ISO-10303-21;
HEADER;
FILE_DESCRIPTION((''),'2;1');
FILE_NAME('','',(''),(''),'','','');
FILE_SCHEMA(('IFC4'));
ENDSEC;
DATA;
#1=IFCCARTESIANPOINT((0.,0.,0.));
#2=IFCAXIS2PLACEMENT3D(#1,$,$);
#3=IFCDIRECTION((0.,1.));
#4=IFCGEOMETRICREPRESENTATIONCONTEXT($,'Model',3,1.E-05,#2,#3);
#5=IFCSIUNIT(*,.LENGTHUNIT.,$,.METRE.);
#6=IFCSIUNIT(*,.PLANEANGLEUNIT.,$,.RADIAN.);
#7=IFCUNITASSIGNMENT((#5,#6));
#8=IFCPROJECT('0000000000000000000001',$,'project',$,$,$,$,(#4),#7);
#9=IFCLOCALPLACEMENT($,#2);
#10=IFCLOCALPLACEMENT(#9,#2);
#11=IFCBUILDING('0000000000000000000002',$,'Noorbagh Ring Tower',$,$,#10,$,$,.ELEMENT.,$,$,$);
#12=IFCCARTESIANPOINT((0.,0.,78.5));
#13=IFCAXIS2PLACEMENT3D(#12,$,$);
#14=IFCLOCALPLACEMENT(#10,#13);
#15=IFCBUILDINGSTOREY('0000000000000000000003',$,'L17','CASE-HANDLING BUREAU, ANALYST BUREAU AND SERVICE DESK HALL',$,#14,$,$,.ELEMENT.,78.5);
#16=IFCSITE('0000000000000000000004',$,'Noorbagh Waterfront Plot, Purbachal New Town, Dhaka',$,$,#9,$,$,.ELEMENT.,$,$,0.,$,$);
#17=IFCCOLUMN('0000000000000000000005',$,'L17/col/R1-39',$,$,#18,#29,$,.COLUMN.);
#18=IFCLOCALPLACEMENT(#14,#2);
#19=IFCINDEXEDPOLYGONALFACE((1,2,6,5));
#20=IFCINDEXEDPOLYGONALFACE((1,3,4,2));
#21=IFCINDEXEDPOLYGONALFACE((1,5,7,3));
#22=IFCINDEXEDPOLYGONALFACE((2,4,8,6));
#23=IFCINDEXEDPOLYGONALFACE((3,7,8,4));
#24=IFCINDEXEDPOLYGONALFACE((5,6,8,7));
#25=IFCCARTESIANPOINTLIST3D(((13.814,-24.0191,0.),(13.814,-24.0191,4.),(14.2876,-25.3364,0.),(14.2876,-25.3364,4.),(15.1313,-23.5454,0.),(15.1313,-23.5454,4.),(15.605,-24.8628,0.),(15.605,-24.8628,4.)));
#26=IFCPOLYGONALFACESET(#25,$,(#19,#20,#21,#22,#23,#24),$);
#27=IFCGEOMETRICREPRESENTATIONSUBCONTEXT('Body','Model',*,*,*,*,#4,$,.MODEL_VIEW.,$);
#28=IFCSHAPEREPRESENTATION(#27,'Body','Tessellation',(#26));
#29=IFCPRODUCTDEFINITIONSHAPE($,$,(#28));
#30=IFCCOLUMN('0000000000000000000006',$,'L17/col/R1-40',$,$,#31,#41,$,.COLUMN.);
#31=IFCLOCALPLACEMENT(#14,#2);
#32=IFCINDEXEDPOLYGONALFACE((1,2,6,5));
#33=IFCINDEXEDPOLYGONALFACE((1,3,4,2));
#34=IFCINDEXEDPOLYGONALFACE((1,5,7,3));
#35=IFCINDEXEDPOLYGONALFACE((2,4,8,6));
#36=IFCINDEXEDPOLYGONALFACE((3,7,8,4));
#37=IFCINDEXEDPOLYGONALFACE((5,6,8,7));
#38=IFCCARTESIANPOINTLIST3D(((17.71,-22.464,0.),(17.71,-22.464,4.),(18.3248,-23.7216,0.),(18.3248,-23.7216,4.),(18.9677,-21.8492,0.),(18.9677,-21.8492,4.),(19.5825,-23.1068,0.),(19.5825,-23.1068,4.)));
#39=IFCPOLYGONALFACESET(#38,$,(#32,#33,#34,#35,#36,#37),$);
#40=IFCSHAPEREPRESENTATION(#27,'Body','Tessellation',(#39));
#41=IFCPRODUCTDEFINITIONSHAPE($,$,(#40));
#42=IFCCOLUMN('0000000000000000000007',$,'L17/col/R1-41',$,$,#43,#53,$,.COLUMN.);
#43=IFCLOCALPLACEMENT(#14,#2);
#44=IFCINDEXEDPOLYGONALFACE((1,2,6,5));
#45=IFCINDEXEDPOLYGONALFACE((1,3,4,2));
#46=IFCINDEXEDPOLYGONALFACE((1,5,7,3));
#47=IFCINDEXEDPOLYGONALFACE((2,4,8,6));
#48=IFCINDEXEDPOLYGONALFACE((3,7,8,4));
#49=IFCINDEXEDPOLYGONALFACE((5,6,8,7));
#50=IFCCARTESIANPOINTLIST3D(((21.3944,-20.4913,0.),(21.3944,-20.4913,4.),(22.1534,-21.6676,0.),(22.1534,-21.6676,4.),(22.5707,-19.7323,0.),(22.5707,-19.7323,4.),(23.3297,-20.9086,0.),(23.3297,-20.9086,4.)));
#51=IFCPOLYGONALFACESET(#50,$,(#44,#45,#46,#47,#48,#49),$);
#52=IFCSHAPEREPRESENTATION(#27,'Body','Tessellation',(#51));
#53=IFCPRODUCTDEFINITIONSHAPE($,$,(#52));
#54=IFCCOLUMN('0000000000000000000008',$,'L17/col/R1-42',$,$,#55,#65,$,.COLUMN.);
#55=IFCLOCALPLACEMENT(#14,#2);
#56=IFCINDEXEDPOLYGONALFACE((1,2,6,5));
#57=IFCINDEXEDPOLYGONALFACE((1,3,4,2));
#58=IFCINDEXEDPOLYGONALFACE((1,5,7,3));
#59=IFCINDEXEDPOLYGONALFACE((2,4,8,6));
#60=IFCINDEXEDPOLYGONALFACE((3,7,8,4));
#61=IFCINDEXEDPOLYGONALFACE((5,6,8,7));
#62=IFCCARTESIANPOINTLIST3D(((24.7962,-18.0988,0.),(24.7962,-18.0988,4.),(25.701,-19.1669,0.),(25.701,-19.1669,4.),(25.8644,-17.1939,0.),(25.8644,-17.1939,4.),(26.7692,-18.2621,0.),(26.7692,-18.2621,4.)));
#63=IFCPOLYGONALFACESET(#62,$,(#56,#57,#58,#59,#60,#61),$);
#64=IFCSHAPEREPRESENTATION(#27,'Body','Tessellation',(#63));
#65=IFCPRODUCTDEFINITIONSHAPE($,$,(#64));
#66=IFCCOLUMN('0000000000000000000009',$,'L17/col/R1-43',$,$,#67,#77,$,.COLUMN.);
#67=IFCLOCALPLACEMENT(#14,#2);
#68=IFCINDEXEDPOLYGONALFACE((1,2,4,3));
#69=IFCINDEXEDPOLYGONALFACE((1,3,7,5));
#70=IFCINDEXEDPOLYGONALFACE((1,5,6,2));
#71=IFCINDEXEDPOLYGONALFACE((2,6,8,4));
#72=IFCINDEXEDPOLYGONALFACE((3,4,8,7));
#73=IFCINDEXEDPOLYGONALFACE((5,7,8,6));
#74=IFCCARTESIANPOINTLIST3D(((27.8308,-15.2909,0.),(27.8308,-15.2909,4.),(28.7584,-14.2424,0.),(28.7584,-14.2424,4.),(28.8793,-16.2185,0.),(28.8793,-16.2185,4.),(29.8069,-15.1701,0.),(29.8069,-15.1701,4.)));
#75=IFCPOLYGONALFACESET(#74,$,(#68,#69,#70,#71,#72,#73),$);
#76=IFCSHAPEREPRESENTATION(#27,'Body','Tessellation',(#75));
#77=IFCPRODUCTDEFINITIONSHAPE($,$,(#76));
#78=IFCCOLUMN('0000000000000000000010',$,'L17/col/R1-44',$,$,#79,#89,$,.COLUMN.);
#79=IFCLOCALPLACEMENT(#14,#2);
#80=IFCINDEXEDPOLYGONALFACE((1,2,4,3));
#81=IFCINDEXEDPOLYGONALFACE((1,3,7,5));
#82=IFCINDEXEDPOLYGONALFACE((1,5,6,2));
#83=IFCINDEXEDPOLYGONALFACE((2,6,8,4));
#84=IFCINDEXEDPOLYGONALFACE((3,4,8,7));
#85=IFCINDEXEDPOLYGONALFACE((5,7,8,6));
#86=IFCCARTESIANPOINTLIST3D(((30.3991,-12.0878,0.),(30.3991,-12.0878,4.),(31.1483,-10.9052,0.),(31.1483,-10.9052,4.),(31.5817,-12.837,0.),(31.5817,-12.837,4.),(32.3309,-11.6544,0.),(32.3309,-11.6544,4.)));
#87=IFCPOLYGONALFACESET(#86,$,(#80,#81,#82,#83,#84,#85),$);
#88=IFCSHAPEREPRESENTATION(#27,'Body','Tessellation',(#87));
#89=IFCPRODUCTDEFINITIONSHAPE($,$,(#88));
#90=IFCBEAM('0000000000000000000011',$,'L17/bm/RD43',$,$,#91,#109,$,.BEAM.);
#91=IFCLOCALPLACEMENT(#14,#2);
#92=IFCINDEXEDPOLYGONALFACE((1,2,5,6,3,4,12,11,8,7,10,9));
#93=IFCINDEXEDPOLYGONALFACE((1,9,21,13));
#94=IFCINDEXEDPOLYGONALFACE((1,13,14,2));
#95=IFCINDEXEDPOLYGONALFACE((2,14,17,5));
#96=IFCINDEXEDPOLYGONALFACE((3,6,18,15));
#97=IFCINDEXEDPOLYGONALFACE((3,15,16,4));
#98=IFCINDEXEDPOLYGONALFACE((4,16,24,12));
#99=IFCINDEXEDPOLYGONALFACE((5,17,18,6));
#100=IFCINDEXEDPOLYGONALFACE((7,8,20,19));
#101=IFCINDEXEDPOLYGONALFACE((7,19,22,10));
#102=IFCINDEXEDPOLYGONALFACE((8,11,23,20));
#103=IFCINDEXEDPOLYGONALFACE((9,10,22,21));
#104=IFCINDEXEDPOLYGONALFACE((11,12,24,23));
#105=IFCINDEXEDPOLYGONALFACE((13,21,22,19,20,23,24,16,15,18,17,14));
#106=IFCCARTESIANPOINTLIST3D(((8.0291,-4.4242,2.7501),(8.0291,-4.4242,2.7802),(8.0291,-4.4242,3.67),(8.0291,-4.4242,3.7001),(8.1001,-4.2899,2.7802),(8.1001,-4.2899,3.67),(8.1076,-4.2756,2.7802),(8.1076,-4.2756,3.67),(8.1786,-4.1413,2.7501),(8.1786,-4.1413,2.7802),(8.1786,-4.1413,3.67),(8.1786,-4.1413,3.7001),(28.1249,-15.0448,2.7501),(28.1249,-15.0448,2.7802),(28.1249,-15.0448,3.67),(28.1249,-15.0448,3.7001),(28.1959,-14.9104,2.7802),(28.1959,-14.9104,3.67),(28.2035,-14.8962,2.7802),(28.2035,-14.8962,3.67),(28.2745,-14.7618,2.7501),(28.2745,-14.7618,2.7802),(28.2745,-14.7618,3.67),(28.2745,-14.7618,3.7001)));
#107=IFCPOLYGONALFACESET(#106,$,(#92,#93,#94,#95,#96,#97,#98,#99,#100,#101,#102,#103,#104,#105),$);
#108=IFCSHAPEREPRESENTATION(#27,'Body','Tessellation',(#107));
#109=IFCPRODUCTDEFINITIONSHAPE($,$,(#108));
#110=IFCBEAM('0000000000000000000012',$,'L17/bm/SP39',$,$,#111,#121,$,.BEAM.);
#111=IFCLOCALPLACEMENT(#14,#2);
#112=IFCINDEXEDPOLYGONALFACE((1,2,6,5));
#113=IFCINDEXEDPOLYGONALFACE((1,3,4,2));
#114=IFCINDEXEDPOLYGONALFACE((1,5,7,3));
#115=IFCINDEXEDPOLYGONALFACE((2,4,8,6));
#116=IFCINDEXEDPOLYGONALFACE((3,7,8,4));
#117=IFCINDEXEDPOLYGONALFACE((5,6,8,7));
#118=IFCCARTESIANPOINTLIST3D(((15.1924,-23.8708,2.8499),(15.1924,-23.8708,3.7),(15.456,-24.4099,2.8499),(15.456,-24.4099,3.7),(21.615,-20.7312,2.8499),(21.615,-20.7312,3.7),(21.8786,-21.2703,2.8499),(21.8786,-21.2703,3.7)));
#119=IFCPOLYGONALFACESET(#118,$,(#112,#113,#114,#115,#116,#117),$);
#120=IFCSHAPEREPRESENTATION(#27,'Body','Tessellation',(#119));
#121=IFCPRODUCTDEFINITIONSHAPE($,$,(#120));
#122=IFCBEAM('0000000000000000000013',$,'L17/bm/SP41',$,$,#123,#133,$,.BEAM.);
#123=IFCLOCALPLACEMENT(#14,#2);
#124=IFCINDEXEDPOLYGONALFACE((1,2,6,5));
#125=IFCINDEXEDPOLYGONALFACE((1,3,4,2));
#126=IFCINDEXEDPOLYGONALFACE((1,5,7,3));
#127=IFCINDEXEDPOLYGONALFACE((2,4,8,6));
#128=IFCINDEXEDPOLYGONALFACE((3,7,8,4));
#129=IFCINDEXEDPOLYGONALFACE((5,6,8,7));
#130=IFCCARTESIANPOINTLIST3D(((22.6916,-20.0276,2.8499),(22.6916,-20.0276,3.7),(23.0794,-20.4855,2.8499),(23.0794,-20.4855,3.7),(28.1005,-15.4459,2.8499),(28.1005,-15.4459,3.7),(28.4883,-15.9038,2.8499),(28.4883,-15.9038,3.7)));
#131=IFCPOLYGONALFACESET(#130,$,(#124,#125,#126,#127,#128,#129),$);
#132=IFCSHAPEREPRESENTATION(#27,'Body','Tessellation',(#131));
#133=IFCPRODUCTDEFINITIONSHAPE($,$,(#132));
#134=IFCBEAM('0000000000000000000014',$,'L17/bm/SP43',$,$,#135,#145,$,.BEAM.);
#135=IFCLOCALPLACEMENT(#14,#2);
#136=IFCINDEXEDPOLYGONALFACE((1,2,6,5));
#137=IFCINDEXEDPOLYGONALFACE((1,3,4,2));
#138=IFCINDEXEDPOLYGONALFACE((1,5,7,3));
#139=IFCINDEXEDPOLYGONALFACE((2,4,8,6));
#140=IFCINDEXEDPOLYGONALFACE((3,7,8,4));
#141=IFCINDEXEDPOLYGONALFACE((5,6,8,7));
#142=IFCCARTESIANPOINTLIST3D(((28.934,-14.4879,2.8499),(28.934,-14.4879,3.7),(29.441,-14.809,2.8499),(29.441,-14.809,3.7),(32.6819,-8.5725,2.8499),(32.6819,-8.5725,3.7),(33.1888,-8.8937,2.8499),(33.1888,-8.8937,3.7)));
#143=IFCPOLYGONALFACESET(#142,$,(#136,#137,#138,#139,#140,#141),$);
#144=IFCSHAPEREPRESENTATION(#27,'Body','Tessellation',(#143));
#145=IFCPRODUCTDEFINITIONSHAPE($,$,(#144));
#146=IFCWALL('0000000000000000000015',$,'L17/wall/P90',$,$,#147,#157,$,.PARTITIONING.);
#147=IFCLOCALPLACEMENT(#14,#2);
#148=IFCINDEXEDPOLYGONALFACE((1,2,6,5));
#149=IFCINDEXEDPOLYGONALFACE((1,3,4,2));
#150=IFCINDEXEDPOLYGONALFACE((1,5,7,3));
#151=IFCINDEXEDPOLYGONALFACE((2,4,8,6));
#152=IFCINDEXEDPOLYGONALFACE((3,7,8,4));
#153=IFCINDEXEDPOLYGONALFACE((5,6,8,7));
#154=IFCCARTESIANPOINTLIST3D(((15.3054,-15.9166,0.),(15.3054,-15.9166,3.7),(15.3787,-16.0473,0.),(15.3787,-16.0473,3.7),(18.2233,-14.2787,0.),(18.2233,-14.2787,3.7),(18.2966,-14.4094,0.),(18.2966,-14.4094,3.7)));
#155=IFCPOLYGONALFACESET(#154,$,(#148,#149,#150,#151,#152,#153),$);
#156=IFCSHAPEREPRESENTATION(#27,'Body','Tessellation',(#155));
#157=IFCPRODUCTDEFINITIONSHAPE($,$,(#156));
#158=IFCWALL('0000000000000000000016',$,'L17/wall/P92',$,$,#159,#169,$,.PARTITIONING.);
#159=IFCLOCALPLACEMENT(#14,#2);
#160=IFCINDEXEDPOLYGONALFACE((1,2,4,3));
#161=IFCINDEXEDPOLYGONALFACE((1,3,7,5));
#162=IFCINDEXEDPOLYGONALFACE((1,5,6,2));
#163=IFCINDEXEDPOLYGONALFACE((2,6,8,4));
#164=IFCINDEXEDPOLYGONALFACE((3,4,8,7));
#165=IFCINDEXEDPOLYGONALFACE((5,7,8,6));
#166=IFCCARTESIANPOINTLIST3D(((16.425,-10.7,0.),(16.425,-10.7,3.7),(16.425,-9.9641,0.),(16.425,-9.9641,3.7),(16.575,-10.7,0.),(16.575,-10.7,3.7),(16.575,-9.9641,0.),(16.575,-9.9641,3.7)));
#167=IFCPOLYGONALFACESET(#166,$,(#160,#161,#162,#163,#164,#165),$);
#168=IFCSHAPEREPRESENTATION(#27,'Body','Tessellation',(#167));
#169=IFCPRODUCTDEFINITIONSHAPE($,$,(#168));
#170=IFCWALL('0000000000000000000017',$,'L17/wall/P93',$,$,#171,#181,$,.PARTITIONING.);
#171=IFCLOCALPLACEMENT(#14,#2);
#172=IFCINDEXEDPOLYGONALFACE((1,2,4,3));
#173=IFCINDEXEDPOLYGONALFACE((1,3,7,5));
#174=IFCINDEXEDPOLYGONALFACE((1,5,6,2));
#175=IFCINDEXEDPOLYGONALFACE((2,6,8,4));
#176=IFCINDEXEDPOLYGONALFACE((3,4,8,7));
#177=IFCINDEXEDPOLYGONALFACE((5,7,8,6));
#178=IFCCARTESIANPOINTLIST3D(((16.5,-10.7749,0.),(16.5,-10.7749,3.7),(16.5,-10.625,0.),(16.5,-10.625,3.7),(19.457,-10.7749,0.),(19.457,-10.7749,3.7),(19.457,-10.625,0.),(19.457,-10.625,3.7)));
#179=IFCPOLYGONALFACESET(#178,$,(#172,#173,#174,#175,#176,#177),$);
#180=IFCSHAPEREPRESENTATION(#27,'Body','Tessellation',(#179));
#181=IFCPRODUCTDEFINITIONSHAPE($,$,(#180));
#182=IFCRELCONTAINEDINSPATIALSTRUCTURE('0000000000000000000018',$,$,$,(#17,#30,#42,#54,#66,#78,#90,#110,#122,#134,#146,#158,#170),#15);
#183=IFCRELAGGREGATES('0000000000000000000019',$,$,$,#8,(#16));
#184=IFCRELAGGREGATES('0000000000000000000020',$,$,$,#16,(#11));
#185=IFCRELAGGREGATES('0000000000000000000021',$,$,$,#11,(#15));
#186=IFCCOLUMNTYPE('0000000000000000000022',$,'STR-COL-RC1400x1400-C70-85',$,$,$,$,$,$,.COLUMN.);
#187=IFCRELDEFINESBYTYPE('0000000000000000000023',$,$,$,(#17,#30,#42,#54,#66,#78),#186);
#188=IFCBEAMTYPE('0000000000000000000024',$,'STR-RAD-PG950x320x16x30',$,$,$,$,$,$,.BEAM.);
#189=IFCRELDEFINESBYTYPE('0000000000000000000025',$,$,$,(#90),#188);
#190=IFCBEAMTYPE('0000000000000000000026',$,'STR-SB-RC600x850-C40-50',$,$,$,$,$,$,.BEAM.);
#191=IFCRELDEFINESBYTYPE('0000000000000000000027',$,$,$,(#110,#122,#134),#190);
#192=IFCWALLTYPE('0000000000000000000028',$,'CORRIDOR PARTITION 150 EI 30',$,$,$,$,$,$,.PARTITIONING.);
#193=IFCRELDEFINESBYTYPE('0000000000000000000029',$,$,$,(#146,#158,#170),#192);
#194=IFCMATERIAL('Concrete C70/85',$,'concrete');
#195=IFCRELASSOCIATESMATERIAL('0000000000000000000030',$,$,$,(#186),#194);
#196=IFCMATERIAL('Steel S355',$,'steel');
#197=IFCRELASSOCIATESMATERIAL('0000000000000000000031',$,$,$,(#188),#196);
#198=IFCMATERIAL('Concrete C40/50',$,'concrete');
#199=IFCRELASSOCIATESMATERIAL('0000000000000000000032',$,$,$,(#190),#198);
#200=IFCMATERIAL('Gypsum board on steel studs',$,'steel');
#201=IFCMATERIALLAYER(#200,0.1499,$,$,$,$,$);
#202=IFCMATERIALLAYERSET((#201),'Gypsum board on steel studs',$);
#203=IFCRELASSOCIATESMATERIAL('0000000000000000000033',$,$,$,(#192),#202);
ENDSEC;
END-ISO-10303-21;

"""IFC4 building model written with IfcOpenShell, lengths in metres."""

from ifc_helpers import new_model, si_unit, direction, frame, frame_2d, origin, origin_2d, place, context, subcontext, project, spatial, rectangle, i_section, extrude, material, layer, layer_set, material_profile, profile_set, type_object, element, save


model = new_model("IFC4")

# Units and contexts
model_context = context("Model", 3, precision=1e-05, world=origin(), true_north=direction((0.0, 1.0)))
body_context = subcontext(model_context, "Body", "Model", "MODEL_VIEW")
ifc_project = project(units=[si_unit("LENGTHUNIT", "METRE"), si_unit("PLANEANGLEUNIT", "RADIAN")], contexts=[model_context])

# Site, building, storey
site_placement = place(None, origin())
site = spatial("IfcSite", under=ifc_project, at=site_placement, Name="Noorbagh Waterfront Plot, Purbachal New Town, Dhaka", CompositionType="ELEMENT", RefElevation=0.0)
building_placement = place(site_placement, origin())
building = spatial("IfcBuilding", under=site, at=building_placement, Name="Noorbagh Ring Tower", CompositionType="ELEMENT")
storey_placement = place(building_placement, frame((0.0, 0.0, 78.5)))
storey = spatial("IfcBuildingStorey", under=building, at=storey_placement, Name="L17", Description="CASE-HANDLING BUREAU, ANALYST BUREAU AND SERVICE DESK HALL", CompositionType="ELEMENT", Elevation=78.5)

# Columns
ifc_material_1 = material(Name="Concrete C70/85", Category="concrete")
ifc_material_profile_1 = material_profile(ifc_material_1, rectangle(XDim=1.3999, YDim=1.3999, at=origin_2d()), Name="RC1400x1400")
ifc_profile_set_1 = profile_set([ifc_material_profile_1], Name="Concrete C70/85")
column_type = type_object("IfcColumnType", Name="STR-COL-RC1400x1400-C70-85", PredefinedType="COLUMN", material=ifc_profile_set_1)
for number, where, z_axis, x_axis, name in (
    (1, (14.7095, -24.4409, 0.0), (0.0, 0.0, 1.0), (0.941025, 0.338338, 0.0), "L17/col/R1-39"),
    (2, (18.6462, -22.7854, 0.0), (0.0, 0.0, 1.0), (0.898399, 0.43918, 0.0), "L17/col/R1-40"),
    (3, (22.3621, -20.7, 0.0), (0.0, 0.0, 1.0), (0.840248, 0.542203, 0.0), "L17/col/R1-41"),
    (4, (25.7827, -18.1804, 0.0), (0.0, 0.0, 1.0), (0.763035, 0.646357, 0.0), "L17/col/R1-42"),
    (5, (28.8188, -15.2305, 0.0), (0.0, 0.0, 1.0), (0.662636, 0.748942, 0.0), "L17/col/R1-43"),
    (6, (31.365, -11.8711, 0.0), (0.0, 0.0, 1.0), (0.53519, 0.844731, 0.0), "L17/col/R1-44"),
):
    element("IfcColumn", number, at=place(storey_placement, frame(where, z_axis=z_axis, x_axis=x_axis)), inside=storey, type_object=column_type, Name=name, PredefinedType="COLUMN", context=body_context, shape_type="SweptSolid", body=[
        extrude(rectangle(XDim=1.3999, YDim=1.3999, at=origin_2d()), origin(), (0.0, 0.0, 1.0), 4.0),
    ])

# Beams
ifc_material_2 = material(Name="Steel S355", Category="steel")
ifc_material_profile_2 = material_profile(ifc_material_2, i_section(OverallWidth=0.3201, OverallDepth=0.95, WebThickness=0.0161, FlangeThickness=0.03, at=origin_2d()), Name="PG950x320x16x30")
ifc_profile_set_2 = profile_set([ifc_material_profile_2], Name="Steel S355")
beam_type_1 = type_object("IfcBeamType", Name="STR-RAD-PG950x320x16x30", PredefinedType="BEAM", material=ifc_profile_set_2)
beam_1_placement = place(storey_placement, frame((28.1997, -14.9033, 3.2251), z_axis=(-0.884123, 0.467254, 0.0), x_axis=(-0.467254, -0.884123, 0.0)))
element("IfcBeam", 7, at=beam_1_placement, inside=storey, type_object=beam_type_1, Name="L17/bm/RD43", PredefinedType="BEAM", context=body_context, shape_type="SweptSolid", body=[
    extrude(i_section(OverallWidth=0.3201, OverallDepth=0.95, WebThickness=0.0161, FlangeThickness=0.03, at=origin_2d()), origin(), (0.0, 0.0, 1.0), 22.7297),
])
ifc_material_3 = material(Name="Concrete C40/50", Category="concrete")
ifc_material_profile_3 = material_profile(ifc_material_3, rectangle(XDim=0.6001, YDim=0.8501, at=origin_2d()), Name="RC600x850")
ifc_profile_set_3 = profile_set([ifc_material_profile_3], Name="Concrete C40/50")
beam_type_2 = type_object("IfcBeamType", Name="STR-SB-RC600x850-C40-50", PredefinedType="BEAM", material=ifc_profile_set_3)
beam_2_placement = place(storey_placement, frame((15.3242, -24.1404, 3.2749), z_axis=(0.898401, 0.439177, 0.0), x_axis=(-0.439177, 0.898401, 0.0)))
element("IfcBeam", 8, at=beam_2_placement, inside=storey, type_object=beam_type_2, Name="L17/bm/SP39", PredefinedType="BEAM", context=body_context, shape_type="SweptSolid", body=[
    extrude(rectangle(XDim=0.6001, YDim=0.8501, at=origin_2d()), origin(), (0.0, 0.0, 1.0), 7.1489),
])
beam_3_placement = place(storey_placement, frame((22.8855, -20.2566, 3.2749), z_axis=(0.763039, 0.646353, 0.0), x_axis=(-0.646353, 0.763039, 0.0)))
element("IfcBeam", 9, at=beam_3_placement, inside=storey, type_object=beam_type_2, Name="L17/bm/SP41", PredefinedType="BEAM", context=body_context, shape_type="SweptSolid", body=[
    extrude(rectangle(XDim=0.6001, YDim=0.8501, at=origin_2d()), origin(), (0.0, 0.0, 1.0), 7.0886),
])
beam_4_placement = place(storey_placement, frame((29.1875, -14.6484, 3.2749), z_axis=(0.535201, 0.844725, 0.0), x_axis=(-0.844725, 0.535201, 0.0)))
element("IfcBeam", 10, at=beam_4_placement, inside=storey, type_object=beam_type_2, Name="L17/bm/SP43", PredefinedType="BEAM", context=body_context, shape_type="SweptSolid", body=[
    extrude(rectangle(XDim=0.6001, YDim=0.8501, at=origin_2d()), origin(), (0.0, 0.0, 1.0), 7.0027),
])

# Walls
ifc_material_4 = material(Name="Gypsum board on steel studs", Category="steel")
ifc_layer_1 = layer(ifc_material_4, 0.1499)
ifc_layer_set_1 = layer_set([ifc_layer_1], Name="Gypsum board on steel studs")
wall_type_1 = type_object("IfcWallType", Name="CORRIDOR PARTITION 150 EI 30", PredefinedType="PARTITIONING", material=ifc_layer_set_1)
wall_1_placement = place(storey_placement, frame((15.342, -15.9819, 0.0), z_axis=(0.0, 0.0, 1.0), x_axis=(0.872012, 0.489485, 0.0)))
element("IfcWall", 11, at=wall_1_placement, inside=storey, type_object=wall_type_1, Name="L17/wall/P90", PredefinedType="PARTITIONING", context=body_context, shape_type="SweptSolid", body=[
    extrude(rectangle(XDim=3.3462, YDim=0.1499, at=frame_2d((1.6731, 0.0))), origin(), (0.0, 0.0, 1.0), 3.7),
])
wall_2_placement = place(storey_placement, frame((16.5, -10.7, 0.0), z_axis=(0.0, 0.0, 1.0), x_axis=(0.0, 1.0, 0.0)))
element("IfcWall", 12, at=wall_2_placement, inside=storey, type_object=wall_type_1, Name="L17/wall/P92", PredefinedType="PARTITIONING", context=body_context, shape_type="SweptSolid", body=[
    extrude(rectangle(XDim=0.7358, YDim=0.1499, at=frame_2d((0.3679, 0.0))), origin(), (0.0, 0.0, 1.0), 3.7),
])
wall_3_placement = place(storey_placement, frame((16.5, -10.7, 0.0), z_axis=(0.0, 0.0, 1.0), x_axis=(1.0, 0.0, 0.0)))
element("IfcWall", 13, at=wall_3_placement, inside=storey, type_object=wall_type_1, Name="L17/wall/P93", PredefinedType="PARTITIONING", context=body_context, shape_type="SweptSolid", body=[
    extrude(rectangle(XDim=2.957, YDim=0.1499, at=frame_2d((1.4785, 0.0))), origin(), (0.0, 0.0, 1.0), 3.7),
])

save(model, "model.ifc")
